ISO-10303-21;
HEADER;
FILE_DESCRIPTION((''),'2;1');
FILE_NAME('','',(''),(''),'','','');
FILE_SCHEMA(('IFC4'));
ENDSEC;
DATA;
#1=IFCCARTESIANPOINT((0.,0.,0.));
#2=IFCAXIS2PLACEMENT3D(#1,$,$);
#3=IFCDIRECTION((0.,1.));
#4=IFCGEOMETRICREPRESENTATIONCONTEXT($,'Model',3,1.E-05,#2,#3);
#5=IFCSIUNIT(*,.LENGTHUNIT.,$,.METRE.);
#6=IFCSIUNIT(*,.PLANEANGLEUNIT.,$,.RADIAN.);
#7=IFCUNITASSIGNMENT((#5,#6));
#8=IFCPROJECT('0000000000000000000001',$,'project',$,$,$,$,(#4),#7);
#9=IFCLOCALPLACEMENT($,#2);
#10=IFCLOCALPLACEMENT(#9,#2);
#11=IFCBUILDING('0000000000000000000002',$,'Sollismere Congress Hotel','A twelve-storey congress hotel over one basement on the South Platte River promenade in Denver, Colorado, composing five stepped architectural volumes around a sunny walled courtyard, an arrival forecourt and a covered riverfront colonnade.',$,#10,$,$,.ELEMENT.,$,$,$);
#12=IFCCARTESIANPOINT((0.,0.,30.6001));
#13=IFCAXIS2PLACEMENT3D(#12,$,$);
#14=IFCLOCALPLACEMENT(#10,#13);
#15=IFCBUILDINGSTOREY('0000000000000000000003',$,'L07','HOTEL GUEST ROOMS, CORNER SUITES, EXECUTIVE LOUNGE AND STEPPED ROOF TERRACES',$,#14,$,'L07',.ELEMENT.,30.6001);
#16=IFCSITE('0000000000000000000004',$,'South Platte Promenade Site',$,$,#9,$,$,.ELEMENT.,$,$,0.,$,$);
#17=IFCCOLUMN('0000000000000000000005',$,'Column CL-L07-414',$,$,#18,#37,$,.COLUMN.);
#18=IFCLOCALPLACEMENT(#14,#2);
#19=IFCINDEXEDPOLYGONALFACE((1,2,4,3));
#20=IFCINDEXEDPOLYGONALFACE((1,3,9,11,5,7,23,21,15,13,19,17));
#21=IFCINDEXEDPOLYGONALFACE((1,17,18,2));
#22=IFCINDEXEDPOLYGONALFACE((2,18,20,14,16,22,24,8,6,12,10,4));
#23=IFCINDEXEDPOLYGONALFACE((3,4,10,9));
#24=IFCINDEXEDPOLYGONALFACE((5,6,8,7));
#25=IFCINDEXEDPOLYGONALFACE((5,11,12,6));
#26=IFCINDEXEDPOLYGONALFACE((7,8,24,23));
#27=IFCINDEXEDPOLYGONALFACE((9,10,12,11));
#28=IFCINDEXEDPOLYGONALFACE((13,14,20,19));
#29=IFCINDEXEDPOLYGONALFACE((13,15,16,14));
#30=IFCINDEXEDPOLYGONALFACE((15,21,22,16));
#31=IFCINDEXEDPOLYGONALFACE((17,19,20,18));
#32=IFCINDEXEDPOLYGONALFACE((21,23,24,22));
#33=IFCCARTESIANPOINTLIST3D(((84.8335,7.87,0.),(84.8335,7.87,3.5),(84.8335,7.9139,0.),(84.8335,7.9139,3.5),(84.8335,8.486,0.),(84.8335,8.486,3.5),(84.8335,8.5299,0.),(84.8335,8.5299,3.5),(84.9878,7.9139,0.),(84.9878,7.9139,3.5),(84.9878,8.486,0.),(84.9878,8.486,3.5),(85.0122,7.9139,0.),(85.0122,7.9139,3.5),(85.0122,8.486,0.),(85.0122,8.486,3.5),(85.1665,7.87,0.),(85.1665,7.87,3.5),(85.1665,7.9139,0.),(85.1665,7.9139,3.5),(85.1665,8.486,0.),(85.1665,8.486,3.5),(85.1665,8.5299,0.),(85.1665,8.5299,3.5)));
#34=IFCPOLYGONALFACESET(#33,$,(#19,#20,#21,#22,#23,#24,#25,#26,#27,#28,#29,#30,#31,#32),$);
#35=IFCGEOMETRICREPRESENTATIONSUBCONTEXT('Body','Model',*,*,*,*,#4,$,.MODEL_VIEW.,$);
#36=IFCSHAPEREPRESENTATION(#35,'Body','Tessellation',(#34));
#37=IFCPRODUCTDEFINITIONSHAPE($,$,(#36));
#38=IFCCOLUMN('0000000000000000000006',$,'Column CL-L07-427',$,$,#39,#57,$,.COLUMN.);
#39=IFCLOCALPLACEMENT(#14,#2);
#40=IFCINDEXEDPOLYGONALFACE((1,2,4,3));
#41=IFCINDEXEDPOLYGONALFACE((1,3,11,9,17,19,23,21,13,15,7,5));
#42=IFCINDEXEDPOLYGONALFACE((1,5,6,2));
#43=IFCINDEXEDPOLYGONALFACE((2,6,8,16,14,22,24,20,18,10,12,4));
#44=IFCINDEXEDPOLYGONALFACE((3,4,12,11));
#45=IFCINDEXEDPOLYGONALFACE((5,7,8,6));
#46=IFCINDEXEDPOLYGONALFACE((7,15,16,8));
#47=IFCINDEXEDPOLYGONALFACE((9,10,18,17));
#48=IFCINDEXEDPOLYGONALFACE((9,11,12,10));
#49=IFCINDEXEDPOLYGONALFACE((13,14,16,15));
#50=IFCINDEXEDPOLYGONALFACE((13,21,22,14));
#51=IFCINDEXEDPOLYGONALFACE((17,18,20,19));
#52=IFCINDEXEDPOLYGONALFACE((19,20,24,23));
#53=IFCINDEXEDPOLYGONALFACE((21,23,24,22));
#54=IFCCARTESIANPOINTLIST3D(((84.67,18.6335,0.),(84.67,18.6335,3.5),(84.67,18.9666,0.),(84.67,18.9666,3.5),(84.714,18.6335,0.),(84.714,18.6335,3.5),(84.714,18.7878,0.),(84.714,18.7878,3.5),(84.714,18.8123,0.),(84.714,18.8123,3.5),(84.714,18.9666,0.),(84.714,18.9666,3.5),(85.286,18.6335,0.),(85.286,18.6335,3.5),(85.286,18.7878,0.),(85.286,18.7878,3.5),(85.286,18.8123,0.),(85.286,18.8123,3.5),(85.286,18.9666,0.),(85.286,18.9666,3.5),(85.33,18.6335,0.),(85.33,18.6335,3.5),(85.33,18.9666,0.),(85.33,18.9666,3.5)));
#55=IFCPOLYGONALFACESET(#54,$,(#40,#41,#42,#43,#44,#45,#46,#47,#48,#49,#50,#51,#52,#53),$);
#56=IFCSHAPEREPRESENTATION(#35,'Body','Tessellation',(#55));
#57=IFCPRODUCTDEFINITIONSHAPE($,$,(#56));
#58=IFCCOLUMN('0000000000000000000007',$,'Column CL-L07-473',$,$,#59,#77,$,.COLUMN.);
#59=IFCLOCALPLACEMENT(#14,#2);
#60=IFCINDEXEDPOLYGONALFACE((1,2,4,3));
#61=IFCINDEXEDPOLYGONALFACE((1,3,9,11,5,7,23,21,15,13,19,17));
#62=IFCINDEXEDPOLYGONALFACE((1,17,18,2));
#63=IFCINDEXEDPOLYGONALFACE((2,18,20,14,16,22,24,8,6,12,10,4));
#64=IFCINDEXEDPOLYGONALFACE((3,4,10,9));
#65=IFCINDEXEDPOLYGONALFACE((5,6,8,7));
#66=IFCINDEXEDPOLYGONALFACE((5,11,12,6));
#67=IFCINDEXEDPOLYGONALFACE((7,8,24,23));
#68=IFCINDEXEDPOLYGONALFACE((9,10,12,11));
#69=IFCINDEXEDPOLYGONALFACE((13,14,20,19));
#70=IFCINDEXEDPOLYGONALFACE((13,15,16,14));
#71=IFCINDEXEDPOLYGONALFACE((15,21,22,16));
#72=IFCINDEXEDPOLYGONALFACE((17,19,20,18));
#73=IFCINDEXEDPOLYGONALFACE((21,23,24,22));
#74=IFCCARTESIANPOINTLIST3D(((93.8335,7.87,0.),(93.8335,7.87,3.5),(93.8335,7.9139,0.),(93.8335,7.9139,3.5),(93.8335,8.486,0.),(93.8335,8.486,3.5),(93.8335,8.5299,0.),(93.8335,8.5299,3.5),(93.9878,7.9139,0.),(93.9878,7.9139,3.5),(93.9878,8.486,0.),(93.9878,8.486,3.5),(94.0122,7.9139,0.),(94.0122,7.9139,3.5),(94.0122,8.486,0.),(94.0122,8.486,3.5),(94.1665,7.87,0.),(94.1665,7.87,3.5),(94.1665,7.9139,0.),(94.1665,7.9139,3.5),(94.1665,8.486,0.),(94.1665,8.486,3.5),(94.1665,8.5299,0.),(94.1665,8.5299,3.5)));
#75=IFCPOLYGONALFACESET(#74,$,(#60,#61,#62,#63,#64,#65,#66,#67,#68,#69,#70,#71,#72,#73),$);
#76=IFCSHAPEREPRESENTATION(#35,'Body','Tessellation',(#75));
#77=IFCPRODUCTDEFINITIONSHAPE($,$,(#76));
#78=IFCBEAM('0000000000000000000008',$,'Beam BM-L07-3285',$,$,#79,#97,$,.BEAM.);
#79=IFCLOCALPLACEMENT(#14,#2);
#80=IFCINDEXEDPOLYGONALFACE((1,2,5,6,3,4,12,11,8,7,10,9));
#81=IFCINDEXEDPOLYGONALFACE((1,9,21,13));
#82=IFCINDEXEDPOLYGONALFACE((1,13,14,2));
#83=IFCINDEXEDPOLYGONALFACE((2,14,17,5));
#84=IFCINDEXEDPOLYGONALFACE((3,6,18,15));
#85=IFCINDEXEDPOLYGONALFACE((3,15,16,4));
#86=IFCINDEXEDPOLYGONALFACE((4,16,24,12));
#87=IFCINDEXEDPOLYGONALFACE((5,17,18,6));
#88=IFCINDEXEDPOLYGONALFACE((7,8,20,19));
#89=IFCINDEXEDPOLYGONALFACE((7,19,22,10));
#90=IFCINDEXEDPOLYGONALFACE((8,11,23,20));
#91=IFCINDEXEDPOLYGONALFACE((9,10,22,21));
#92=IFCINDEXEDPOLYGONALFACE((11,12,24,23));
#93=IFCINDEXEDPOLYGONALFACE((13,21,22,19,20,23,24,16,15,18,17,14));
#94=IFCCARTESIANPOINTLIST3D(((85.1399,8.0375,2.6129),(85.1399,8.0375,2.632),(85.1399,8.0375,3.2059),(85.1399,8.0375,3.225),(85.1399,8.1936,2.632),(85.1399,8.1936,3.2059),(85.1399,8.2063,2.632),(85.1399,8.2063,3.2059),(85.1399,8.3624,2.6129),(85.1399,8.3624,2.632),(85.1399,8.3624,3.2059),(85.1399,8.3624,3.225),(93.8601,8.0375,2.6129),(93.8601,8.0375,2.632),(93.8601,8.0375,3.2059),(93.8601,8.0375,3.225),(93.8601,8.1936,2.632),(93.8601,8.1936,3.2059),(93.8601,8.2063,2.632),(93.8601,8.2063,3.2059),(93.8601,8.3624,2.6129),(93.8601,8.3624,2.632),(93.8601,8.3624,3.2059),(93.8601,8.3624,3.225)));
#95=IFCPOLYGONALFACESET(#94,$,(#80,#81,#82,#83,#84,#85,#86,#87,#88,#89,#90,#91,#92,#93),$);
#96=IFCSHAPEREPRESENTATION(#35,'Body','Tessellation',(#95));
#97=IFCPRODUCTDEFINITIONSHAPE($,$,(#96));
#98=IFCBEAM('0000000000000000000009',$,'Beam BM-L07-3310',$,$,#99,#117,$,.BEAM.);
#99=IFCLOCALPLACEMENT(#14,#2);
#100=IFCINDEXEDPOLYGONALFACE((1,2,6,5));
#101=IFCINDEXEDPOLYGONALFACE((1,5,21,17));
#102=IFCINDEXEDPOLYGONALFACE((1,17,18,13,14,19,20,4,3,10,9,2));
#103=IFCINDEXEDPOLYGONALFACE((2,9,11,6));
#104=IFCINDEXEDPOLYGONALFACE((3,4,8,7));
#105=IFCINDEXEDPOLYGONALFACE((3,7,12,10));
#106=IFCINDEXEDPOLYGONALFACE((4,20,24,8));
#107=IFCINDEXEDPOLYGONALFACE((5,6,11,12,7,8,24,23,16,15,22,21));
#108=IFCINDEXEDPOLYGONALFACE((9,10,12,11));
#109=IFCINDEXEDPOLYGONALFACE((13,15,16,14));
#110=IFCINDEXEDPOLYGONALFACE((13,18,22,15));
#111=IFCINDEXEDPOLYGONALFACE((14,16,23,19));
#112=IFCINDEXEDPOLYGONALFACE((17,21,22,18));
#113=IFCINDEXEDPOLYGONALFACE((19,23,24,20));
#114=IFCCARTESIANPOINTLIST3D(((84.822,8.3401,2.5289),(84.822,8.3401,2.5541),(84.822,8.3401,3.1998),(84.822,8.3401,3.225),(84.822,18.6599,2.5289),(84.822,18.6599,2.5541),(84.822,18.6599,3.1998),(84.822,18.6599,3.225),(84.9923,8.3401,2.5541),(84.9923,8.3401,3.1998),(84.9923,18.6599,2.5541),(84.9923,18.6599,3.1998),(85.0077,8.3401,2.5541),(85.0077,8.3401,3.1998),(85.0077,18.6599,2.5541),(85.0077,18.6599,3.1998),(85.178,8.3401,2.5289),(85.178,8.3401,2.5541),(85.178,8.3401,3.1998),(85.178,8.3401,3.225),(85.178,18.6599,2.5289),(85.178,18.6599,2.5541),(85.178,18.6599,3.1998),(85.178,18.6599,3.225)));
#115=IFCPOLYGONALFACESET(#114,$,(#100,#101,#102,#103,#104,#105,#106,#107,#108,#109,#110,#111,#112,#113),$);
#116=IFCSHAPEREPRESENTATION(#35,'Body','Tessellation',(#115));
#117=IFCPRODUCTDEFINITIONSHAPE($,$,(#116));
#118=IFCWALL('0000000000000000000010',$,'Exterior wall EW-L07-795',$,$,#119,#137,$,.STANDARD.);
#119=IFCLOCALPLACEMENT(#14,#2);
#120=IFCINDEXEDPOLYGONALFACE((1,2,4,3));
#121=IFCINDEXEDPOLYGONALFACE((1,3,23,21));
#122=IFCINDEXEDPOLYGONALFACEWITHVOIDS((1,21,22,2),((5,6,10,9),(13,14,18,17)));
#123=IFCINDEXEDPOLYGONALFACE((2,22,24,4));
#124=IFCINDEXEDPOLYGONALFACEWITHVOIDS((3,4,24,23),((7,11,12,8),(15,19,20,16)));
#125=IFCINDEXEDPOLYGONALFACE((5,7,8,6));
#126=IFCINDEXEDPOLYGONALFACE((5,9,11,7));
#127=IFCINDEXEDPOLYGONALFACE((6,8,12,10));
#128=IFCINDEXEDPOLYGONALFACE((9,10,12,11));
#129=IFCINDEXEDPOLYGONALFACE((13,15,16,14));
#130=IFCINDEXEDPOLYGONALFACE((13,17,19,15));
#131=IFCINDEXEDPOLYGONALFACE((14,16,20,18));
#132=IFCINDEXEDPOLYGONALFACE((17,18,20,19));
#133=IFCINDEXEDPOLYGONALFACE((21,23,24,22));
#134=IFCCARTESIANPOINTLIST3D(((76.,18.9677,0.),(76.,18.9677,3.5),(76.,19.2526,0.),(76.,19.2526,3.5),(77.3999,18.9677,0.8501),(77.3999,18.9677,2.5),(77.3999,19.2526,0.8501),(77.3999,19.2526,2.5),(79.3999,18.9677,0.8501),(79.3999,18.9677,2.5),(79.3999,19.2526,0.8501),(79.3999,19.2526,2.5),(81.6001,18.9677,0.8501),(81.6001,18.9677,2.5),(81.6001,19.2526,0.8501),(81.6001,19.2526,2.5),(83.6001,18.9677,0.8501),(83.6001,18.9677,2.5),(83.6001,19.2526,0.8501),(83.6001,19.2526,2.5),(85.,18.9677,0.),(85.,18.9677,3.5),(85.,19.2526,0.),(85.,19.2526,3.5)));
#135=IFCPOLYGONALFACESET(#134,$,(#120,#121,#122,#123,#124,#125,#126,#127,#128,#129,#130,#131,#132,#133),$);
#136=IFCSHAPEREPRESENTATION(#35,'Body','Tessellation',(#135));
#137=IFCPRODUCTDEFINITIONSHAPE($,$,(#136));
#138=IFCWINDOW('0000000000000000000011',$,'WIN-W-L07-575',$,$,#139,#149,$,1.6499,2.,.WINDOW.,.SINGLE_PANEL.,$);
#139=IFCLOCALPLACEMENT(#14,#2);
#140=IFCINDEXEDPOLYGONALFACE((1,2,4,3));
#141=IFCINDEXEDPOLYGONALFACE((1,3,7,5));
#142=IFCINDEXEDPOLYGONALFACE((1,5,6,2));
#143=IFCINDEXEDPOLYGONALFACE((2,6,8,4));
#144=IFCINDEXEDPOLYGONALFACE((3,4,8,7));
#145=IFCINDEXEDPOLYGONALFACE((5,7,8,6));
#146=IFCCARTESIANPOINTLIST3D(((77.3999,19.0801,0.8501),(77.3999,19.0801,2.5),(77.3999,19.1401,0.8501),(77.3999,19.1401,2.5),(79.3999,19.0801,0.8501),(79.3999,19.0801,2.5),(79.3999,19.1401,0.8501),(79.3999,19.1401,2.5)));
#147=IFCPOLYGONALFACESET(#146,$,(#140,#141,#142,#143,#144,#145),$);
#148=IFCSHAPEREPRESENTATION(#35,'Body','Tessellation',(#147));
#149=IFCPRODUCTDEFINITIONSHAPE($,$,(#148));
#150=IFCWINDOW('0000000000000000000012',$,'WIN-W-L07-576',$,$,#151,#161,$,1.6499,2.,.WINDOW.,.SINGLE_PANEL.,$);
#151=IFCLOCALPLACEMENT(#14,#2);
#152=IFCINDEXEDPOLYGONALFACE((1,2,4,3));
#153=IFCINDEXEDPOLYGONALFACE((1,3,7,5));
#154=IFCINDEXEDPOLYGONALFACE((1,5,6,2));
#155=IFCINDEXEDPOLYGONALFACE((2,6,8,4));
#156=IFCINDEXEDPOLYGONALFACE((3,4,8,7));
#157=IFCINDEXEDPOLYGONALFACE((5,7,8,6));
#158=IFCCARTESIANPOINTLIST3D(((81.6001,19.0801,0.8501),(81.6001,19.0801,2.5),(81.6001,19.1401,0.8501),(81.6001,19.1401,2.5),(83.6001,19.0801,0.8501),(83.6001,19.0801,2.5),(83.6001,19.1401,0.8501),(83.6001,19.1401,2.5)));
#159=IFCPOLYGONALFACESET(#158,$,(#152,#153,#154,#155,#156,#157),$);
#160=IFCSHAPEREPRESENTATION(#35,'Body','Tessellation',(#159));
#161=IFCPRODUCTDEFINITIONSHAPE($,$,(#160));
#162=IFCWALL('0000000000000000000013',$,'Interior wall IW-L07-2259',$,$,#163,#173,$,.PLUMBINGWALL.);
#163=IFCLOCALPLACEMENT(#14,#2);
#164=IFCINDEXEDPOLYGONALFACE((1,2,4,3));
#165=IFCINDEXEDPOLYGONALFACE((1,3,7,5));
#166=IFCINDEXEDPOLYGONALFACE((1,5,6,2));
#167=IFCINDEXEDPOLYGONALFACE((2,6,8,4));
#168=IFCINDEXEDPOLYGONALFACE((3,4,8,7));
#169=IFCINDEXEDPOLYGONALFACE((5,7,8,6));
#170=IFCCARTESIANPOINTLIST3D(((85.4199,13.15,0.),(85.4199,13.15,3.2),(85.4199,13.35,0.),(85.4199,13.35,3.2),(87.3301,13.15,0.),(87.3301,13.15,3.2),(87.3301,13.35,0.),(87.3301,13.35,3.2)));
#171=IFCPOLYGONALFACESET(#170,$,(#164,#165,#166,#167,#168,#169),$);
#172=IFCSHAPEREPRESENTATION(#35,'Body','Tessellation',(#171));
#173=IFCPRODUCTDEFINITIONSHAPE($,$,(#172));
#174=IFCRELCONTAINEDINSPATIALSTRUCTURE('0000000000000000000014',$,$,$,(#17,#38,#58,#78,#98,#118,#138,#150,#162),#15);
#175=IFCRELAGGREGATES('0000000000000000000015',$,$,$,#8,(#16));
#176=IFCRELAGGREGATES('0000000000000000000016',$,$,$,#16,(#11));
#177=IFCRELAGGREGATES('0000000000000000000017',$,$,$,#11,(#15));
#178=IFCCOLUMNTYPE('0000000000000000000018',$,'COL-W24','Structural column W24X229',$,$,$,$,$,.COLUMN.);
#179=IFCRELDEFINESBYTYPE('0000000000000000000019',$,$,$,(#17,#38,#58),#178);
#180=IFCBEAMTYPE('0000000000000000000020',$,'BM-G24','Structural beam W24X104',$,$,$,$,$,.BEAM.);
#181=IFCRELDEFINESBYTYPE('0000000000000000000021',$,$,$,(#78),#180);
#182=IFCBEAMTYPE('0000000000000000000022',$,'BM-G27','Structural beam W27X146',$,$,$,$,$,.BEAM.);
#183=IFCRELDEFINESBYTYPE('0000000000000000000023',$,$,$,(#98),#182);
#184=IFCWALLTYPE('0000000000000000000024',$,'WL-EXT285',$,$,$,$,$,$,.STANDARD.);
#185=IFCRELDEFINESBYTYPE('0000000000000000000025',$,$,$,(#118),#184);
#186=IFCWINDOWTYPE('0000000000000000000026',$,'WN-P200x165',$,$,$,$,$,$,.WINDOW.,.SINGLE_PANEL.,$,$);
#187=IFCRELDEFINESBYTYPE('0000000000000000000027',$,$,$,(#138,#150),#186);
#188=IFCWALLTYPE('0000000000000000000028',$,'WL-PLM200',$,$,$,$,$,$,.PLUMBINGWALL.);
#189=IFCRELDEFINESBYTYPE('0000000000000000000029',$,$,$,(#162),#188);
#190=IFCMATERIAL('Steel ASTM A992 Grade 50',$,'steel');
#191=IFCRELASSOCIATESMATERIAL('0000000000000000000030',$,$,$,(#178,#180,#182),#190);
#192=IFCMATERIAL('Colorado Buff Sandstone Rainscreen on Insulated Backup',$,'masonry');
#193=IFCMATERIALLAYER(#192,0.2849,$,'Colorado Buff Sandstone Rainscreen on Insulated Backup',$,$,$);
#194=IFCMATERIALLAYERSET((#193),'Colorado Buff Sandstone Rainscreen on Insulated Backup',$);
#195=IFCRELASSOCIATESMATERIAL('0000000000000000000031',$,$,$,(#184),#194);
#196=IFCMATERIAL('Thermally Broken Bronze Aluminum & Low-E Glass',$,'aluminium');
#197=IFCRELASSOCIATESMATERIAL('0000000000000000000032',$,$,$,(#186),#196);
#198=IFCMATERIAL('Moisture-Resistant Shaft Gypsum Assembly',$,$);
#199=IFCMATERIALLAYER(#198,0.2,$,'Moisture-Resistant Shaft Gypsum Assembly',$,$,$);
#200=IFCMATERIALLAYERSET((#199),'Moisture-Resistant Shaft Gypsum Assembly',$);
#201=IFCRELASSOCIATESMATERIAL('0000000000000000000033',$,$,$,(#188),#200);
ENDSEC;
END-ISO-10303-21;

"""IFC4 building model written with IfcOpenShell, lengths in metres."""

from ifc_helpers import new_model, si_unit, direction, frame, frame_2d, origin, origin_2d, place, context, subcontext, project, spatial, rectangle, i_section, extrude, material, layer, layer_set, material_profile, profile_set, type_object, element, fill, save


model = new_model("IFC4")

# Units and contexts
model_context = context("Model", 3, precision=1e-05, world=origin(), true_north=direction((0.0, 1.0)))
body_context = subcontext(model_context, "Body", "Model", "MODEL_VIEW")
ifc_project = project(units=[si_unit("LENGTHUNIT", "METRE"), si_unit("PLANEANGLEUNIT", "RADIAN")], contexts=[model_context])

# Site, building, storey
site_placement = place(None, origin())
site = spatial("IfcSite", under=ifc_project, at=site_placement, Name="South Platte Promenade Site", CompositionType="ELEMENT", RefElevation=0.0)
building_placement = place(site_placement, origin())
building = spatial("IfcBuilding", under=site, at=building_placement, Name="Sollismere Congress Hotel", Description="A twelve-storey congress hotel over one basement on the South Platte River promenade in Denver, Colorado, composing five stepped architectural volumes around a sunny walled courtyard, an arrival forecourt and a covered riverfront colonnade.", CompositionType="ELEMENT")
storey_placement = place(building_placement, frame((0.0, 0.0, 30.6001)))
storey = spatial("IfcBuildingStorey", under=building, at=storey_placement, Name="L07", Description="HOTEL GUEST ROOMS, CORNER SUITES, EXECUTIVE LOUNGE AND STEPPED ROOF TERRACES", LongName="L07", CompositionType="ELEMENT", Elevation=30.6001)

# Columns
ifc_material_1 = material(Name="Steel ASTM A992 Grade 50", Category="steel")
ifc_material_profile_1 = material_profile(ifc_material_1, i_section(OverallWidth=0.333, OverallDepth=0.6599, WebThickness=0.0244, FlangeThickness=0.0439, at=origin_2d()), Name="W24X229")
ifc_profile_set_1 = profile_set([ifc_material_profile_1], Name="Steel ASTM A992 Grade 50")
column_type = type_object("IfcColumnType", Name="COL-W24", Description="Structural column W24X229", PredefinedType="COLUMN", material=ifc_profile_set_1)
for number, where, z_axis, x_axis, name in (
    (1, (85.0, 8.2, 0.0), (0.0, 0.0, 1.0), (1.0, 0.0, 0.0), "Column CL-L07-414"),
    (2, (85.0, 18.8, 0.0), (0.0, 0.0, 1.0), (0.0, 1.0, 0.0), "Column CL-L07-427"),
    (3, (94.0, 8.2, 0.0), (0.0, 0.0, 1.0), (1.0, 0.0, 0.0), "Column CL-L07-473"),
):
    element("IfcColumn", number, at=place(storey_placement, frame(where, z_axis=z_axis, x_axis=x_axis)), inside=storey, type_object=column_type, Name=name, PredefinedType="COLUMN", context=body_context, shape_type="SweptSolid", body=[
        extrude(i_section(OverallWidth=0.333, OverallDepth=0.6599, WebThickness=0.0244, FlangeThickness=0.0439, at=origin_2d()), origin(), (0.0, 0.0, 1.0), 3.5),
    ])

# Beams
ifc_material_profile_2 = material_profile(ifc_material_1, i_section(OverallWidth=0.325, OverallDepth=0.6121, WebThickness=0.0127, FlangeThickness=0.019, at=origin_2d()), Name="W24X104")
ifc_profile_set_2 = profile_set([ifc_material_profile_2], Name="Steel ASTM A992 Grade 50")
beam_type_1 = type_object("IfcBeamType", Name="BM-G24", Description="Structural beam W24X104", PredefinedType="BEAM", material=ifc_profile_set_2)
beam_1_placement = place(storey_placement, frame((85.1399, 8.2, 2.9189), z_axis=(1.0, 0.0, 0.0), x_axis=(0.0, 1.0, 0.0)))
element("IfcBeam", 4, at=beam_1_placement, inside=storey, type_object=beam_type_1, Name="Beam BM-L07-3285", PredefinedType="BEAM", context=body_context, shape_type="SweptSolid", body=[
    extrude(i_section(OverallWidth=0.325, OverallDepth=0.6121, WebThickness=0.0127, FlangeThickness=0.019, at=origin_2d()), origin(), (0.0, 0.0, 1.0), 8.7202),
])
ifc_material_profile_3 = material_profile(ifc_material_1, i_section(OverallWidth=0.356, OverallDepth=0.696, WebThickness=0.0154, FlangeThickness=0.0251, at=origin_2d()), Name="W27X146")
ifc_profile_set_3 = profile_set([ifc_material_profile_3], Name="Steel ASTM A992 Grade 50")
beam_type_2 = type_object("IfcBeamType", Name="BM-G27", Description="Structural beam W27X146", PredefinedType="BEAM", material=ifc_profile_set_3)
beam_2_placement = place(storey_placement, frame((85.0, 8.3401, 2.877), z_axis=(0.0, 1.0, 0.0), x_axis=(-1.0, 0.0, 0.0)))
element("IfcBeam", 5, at=beam_2_placement, inside=storey, type_object=beam_type_2, Name="Beam BM-L07-3310", PredefinedType="BEAM", context=body_context, shape_type="SweptSolid", body=[
    extrude(i_section(OverallWidth=0.356, OverallDepth=0.696, WebThickness=0.0154, FlangeThickness=0.0251, at=origin_2d()), origin(), (0.0, 0.0, 1.0), 10.3198),
])

# Wall, openings, windows
ifc_material_2 = material(Name="Colorado Buff Sandstone Rainscreen on Insulated Backup", Category="masonry")
ifc_layer_1 = layer(ifc_material_2, 0.2849, Name="Colorado Buff Sandstone Rainscreen on Insulated Backup")
ifc_layer_set_1 = layer_set([ifc_layer_1], Name="Colorado Buff Sandstone Rainscreen on Insulated Backup")
wall_type_1 = type_object("IfcWallType", Name="WL-EXT285", PredefinedType="STANDARD", material=ifc_layer_set_1)
wall_1_placement = place(storey_placement, frame((85.0, 19.1101, 0.0), z_axis=(0.0, 0.0, 1.0), x_axis=(-1.0, 0.0, 0.0)))
wall_1 = element("IfcWall", 6, at=wall_1_placement, inside=storey, type_object=wall_type_1, Name="Exterior wall EW-L07-795", PredefinedType="STANDARD", context=body_context, shape_type="SweptSolid", body=[
    extrude(rectangle(XDim=9.0, YDim=0.2849, at=frame_2d((4.5, 0.0))), origin(), (0.0, 0.0, 1.0), 3.5),
])
opening_1_placement = place(wall_1_placement, frame((5.6001, 0.0, 0.8501)))
opening_1 = element("IfcOpeningElement", 7, at=opening_1_placement, cuts=wall_1, PredefinedType="OPENING", context=body_context, shape_type="SweptSolid", body=[
    extrude(rectangle(XDim=2.0, YDim=1.6499, at=frame_2d((1.0, 0.825))), frame((0.0, 0.1523, 0.0), z_axis=(0.0, -1.0, 0.0), x_axis=(1.0, 0.0, 0.0)), (0.0, 0.0, 1.0), 0.3049),
])
opening_2_placement = place(wall_1_placement, frame((1.3999, 0.0, 0.8501)))
opening_2 = element("IfcOpeningElement", 8, at=opening_2_placement, cuts=wall_1, PredefinedType="OPENING", context=body_context, shape_type="SweptSolid", body=[
    extrude(rectangle(XDim=2.0, YDim=1.6499, at=frame_2d((1.0, 0.825))), frame((0.0, 0.1523, 0.0), z_axis=(0.0, -1.0, 0.0), x_axis=(1.0, 0.0, 0.0)), (0.0, 0.0, 1.0), 0.3049),
])
ifc_material_3 = material(Name="Thermally Broken Bronze Aluminum & Low-E Glass", Category="aluminium")
window_type = type_object("IfcWindowType", Name="WN-P200x165", PartitioningType="SINGLE_PANEL", PredefinedType="WINDOW", material=ifc_material_3)
window_1_placement = place(opening_1_placement, origin())
window_1 = element("IfcWindow", 9, at=window_1_placement, inside=storey, type_object=window_type, Name="WIN-W-L07-575", OverallHeight=1.6499, OverallWidth=2.0, PartitioningType="SINGLE_PANEL", PredefinedType="WINDOW", context=body_context, shape_type="SweptSolid", body=[
    extrude(rectangle(XDim=2.0, YDim=1.6499, at=frame_2d((1.0, 0.825))), frame((0.0, 0.03, 0.0), z_axis=(0.0, -1.0, 0.0), x_axis=(1.0, 0.0, 0.0)), (0.0, 0.0, 1.0), 0.0601),
])
fill(opening_1, window_1)
window_2_placement = place(opening_2_placement, origin())
window_2 = element("IfcWindow", 10, at=window_2_placement, inside=storey, type_object=window_type, Name="WIN-W-L07-576", OverallHeight=1.6499, OverallWidth=2.0, PartitioningType="SINGLE_PANEL", PredefinedType="WINDOW", context=body_context, shape_type="SweptSolid", body=[
    extrude(rectangle(XDim=2.0, YDim=1.6499, at=frame_2d((1.0, 0.825))), frame((0.0, 0.03, 0.0), z_axis=(0.0, -1.0, 0.0), x_axis=(1.0, 0.0, 0.0)), (0.0, 0.0, 1.0), 0.0601),
])
fill(opening_2, window_2)

# Wall
ifc_material_4 = material(Name="Moisture-Resistant Shaft Gypsum Assembly")
ifc_layer_2 = layer(ifc_material_4, 0.2, Name="Moisture-Resistant Shaft Gypsum Assembly")
ifc_layer_set_2 = layer_set([ifc_layer_2], Name="Moisture-Resistant Shaft Gypsum Assembly")
wall_type_2 = type_object("IfcWallType", Name="WL-PLM200", PredefinedType="PLUMBINGWALL", material=ifc_layer_set_2)
wall_2_placement = place(storey_placement, frame((85.4199, 13.25, 0.0), z_axis=(0.0, 0.0, 1.0), x_axis=(1.0, 0.0, 0.0)))
element("IfcWall", 11, at=wall_2_placement, inside=storey, type_object=wall_type_2, Name="Interior wall IW-L07-2259", PredefinedType="PLUMBINGWALL", context=body_context, shape_type="SweptSolid", body=[
    extrude(rectangle(XDim=1.9102, YDim=0.2, at=frame_2d((0.9551, 0.0))), origin(), (0.0, 0.0, 1.0), 3.2),
])

save(model, "model.ifc")
